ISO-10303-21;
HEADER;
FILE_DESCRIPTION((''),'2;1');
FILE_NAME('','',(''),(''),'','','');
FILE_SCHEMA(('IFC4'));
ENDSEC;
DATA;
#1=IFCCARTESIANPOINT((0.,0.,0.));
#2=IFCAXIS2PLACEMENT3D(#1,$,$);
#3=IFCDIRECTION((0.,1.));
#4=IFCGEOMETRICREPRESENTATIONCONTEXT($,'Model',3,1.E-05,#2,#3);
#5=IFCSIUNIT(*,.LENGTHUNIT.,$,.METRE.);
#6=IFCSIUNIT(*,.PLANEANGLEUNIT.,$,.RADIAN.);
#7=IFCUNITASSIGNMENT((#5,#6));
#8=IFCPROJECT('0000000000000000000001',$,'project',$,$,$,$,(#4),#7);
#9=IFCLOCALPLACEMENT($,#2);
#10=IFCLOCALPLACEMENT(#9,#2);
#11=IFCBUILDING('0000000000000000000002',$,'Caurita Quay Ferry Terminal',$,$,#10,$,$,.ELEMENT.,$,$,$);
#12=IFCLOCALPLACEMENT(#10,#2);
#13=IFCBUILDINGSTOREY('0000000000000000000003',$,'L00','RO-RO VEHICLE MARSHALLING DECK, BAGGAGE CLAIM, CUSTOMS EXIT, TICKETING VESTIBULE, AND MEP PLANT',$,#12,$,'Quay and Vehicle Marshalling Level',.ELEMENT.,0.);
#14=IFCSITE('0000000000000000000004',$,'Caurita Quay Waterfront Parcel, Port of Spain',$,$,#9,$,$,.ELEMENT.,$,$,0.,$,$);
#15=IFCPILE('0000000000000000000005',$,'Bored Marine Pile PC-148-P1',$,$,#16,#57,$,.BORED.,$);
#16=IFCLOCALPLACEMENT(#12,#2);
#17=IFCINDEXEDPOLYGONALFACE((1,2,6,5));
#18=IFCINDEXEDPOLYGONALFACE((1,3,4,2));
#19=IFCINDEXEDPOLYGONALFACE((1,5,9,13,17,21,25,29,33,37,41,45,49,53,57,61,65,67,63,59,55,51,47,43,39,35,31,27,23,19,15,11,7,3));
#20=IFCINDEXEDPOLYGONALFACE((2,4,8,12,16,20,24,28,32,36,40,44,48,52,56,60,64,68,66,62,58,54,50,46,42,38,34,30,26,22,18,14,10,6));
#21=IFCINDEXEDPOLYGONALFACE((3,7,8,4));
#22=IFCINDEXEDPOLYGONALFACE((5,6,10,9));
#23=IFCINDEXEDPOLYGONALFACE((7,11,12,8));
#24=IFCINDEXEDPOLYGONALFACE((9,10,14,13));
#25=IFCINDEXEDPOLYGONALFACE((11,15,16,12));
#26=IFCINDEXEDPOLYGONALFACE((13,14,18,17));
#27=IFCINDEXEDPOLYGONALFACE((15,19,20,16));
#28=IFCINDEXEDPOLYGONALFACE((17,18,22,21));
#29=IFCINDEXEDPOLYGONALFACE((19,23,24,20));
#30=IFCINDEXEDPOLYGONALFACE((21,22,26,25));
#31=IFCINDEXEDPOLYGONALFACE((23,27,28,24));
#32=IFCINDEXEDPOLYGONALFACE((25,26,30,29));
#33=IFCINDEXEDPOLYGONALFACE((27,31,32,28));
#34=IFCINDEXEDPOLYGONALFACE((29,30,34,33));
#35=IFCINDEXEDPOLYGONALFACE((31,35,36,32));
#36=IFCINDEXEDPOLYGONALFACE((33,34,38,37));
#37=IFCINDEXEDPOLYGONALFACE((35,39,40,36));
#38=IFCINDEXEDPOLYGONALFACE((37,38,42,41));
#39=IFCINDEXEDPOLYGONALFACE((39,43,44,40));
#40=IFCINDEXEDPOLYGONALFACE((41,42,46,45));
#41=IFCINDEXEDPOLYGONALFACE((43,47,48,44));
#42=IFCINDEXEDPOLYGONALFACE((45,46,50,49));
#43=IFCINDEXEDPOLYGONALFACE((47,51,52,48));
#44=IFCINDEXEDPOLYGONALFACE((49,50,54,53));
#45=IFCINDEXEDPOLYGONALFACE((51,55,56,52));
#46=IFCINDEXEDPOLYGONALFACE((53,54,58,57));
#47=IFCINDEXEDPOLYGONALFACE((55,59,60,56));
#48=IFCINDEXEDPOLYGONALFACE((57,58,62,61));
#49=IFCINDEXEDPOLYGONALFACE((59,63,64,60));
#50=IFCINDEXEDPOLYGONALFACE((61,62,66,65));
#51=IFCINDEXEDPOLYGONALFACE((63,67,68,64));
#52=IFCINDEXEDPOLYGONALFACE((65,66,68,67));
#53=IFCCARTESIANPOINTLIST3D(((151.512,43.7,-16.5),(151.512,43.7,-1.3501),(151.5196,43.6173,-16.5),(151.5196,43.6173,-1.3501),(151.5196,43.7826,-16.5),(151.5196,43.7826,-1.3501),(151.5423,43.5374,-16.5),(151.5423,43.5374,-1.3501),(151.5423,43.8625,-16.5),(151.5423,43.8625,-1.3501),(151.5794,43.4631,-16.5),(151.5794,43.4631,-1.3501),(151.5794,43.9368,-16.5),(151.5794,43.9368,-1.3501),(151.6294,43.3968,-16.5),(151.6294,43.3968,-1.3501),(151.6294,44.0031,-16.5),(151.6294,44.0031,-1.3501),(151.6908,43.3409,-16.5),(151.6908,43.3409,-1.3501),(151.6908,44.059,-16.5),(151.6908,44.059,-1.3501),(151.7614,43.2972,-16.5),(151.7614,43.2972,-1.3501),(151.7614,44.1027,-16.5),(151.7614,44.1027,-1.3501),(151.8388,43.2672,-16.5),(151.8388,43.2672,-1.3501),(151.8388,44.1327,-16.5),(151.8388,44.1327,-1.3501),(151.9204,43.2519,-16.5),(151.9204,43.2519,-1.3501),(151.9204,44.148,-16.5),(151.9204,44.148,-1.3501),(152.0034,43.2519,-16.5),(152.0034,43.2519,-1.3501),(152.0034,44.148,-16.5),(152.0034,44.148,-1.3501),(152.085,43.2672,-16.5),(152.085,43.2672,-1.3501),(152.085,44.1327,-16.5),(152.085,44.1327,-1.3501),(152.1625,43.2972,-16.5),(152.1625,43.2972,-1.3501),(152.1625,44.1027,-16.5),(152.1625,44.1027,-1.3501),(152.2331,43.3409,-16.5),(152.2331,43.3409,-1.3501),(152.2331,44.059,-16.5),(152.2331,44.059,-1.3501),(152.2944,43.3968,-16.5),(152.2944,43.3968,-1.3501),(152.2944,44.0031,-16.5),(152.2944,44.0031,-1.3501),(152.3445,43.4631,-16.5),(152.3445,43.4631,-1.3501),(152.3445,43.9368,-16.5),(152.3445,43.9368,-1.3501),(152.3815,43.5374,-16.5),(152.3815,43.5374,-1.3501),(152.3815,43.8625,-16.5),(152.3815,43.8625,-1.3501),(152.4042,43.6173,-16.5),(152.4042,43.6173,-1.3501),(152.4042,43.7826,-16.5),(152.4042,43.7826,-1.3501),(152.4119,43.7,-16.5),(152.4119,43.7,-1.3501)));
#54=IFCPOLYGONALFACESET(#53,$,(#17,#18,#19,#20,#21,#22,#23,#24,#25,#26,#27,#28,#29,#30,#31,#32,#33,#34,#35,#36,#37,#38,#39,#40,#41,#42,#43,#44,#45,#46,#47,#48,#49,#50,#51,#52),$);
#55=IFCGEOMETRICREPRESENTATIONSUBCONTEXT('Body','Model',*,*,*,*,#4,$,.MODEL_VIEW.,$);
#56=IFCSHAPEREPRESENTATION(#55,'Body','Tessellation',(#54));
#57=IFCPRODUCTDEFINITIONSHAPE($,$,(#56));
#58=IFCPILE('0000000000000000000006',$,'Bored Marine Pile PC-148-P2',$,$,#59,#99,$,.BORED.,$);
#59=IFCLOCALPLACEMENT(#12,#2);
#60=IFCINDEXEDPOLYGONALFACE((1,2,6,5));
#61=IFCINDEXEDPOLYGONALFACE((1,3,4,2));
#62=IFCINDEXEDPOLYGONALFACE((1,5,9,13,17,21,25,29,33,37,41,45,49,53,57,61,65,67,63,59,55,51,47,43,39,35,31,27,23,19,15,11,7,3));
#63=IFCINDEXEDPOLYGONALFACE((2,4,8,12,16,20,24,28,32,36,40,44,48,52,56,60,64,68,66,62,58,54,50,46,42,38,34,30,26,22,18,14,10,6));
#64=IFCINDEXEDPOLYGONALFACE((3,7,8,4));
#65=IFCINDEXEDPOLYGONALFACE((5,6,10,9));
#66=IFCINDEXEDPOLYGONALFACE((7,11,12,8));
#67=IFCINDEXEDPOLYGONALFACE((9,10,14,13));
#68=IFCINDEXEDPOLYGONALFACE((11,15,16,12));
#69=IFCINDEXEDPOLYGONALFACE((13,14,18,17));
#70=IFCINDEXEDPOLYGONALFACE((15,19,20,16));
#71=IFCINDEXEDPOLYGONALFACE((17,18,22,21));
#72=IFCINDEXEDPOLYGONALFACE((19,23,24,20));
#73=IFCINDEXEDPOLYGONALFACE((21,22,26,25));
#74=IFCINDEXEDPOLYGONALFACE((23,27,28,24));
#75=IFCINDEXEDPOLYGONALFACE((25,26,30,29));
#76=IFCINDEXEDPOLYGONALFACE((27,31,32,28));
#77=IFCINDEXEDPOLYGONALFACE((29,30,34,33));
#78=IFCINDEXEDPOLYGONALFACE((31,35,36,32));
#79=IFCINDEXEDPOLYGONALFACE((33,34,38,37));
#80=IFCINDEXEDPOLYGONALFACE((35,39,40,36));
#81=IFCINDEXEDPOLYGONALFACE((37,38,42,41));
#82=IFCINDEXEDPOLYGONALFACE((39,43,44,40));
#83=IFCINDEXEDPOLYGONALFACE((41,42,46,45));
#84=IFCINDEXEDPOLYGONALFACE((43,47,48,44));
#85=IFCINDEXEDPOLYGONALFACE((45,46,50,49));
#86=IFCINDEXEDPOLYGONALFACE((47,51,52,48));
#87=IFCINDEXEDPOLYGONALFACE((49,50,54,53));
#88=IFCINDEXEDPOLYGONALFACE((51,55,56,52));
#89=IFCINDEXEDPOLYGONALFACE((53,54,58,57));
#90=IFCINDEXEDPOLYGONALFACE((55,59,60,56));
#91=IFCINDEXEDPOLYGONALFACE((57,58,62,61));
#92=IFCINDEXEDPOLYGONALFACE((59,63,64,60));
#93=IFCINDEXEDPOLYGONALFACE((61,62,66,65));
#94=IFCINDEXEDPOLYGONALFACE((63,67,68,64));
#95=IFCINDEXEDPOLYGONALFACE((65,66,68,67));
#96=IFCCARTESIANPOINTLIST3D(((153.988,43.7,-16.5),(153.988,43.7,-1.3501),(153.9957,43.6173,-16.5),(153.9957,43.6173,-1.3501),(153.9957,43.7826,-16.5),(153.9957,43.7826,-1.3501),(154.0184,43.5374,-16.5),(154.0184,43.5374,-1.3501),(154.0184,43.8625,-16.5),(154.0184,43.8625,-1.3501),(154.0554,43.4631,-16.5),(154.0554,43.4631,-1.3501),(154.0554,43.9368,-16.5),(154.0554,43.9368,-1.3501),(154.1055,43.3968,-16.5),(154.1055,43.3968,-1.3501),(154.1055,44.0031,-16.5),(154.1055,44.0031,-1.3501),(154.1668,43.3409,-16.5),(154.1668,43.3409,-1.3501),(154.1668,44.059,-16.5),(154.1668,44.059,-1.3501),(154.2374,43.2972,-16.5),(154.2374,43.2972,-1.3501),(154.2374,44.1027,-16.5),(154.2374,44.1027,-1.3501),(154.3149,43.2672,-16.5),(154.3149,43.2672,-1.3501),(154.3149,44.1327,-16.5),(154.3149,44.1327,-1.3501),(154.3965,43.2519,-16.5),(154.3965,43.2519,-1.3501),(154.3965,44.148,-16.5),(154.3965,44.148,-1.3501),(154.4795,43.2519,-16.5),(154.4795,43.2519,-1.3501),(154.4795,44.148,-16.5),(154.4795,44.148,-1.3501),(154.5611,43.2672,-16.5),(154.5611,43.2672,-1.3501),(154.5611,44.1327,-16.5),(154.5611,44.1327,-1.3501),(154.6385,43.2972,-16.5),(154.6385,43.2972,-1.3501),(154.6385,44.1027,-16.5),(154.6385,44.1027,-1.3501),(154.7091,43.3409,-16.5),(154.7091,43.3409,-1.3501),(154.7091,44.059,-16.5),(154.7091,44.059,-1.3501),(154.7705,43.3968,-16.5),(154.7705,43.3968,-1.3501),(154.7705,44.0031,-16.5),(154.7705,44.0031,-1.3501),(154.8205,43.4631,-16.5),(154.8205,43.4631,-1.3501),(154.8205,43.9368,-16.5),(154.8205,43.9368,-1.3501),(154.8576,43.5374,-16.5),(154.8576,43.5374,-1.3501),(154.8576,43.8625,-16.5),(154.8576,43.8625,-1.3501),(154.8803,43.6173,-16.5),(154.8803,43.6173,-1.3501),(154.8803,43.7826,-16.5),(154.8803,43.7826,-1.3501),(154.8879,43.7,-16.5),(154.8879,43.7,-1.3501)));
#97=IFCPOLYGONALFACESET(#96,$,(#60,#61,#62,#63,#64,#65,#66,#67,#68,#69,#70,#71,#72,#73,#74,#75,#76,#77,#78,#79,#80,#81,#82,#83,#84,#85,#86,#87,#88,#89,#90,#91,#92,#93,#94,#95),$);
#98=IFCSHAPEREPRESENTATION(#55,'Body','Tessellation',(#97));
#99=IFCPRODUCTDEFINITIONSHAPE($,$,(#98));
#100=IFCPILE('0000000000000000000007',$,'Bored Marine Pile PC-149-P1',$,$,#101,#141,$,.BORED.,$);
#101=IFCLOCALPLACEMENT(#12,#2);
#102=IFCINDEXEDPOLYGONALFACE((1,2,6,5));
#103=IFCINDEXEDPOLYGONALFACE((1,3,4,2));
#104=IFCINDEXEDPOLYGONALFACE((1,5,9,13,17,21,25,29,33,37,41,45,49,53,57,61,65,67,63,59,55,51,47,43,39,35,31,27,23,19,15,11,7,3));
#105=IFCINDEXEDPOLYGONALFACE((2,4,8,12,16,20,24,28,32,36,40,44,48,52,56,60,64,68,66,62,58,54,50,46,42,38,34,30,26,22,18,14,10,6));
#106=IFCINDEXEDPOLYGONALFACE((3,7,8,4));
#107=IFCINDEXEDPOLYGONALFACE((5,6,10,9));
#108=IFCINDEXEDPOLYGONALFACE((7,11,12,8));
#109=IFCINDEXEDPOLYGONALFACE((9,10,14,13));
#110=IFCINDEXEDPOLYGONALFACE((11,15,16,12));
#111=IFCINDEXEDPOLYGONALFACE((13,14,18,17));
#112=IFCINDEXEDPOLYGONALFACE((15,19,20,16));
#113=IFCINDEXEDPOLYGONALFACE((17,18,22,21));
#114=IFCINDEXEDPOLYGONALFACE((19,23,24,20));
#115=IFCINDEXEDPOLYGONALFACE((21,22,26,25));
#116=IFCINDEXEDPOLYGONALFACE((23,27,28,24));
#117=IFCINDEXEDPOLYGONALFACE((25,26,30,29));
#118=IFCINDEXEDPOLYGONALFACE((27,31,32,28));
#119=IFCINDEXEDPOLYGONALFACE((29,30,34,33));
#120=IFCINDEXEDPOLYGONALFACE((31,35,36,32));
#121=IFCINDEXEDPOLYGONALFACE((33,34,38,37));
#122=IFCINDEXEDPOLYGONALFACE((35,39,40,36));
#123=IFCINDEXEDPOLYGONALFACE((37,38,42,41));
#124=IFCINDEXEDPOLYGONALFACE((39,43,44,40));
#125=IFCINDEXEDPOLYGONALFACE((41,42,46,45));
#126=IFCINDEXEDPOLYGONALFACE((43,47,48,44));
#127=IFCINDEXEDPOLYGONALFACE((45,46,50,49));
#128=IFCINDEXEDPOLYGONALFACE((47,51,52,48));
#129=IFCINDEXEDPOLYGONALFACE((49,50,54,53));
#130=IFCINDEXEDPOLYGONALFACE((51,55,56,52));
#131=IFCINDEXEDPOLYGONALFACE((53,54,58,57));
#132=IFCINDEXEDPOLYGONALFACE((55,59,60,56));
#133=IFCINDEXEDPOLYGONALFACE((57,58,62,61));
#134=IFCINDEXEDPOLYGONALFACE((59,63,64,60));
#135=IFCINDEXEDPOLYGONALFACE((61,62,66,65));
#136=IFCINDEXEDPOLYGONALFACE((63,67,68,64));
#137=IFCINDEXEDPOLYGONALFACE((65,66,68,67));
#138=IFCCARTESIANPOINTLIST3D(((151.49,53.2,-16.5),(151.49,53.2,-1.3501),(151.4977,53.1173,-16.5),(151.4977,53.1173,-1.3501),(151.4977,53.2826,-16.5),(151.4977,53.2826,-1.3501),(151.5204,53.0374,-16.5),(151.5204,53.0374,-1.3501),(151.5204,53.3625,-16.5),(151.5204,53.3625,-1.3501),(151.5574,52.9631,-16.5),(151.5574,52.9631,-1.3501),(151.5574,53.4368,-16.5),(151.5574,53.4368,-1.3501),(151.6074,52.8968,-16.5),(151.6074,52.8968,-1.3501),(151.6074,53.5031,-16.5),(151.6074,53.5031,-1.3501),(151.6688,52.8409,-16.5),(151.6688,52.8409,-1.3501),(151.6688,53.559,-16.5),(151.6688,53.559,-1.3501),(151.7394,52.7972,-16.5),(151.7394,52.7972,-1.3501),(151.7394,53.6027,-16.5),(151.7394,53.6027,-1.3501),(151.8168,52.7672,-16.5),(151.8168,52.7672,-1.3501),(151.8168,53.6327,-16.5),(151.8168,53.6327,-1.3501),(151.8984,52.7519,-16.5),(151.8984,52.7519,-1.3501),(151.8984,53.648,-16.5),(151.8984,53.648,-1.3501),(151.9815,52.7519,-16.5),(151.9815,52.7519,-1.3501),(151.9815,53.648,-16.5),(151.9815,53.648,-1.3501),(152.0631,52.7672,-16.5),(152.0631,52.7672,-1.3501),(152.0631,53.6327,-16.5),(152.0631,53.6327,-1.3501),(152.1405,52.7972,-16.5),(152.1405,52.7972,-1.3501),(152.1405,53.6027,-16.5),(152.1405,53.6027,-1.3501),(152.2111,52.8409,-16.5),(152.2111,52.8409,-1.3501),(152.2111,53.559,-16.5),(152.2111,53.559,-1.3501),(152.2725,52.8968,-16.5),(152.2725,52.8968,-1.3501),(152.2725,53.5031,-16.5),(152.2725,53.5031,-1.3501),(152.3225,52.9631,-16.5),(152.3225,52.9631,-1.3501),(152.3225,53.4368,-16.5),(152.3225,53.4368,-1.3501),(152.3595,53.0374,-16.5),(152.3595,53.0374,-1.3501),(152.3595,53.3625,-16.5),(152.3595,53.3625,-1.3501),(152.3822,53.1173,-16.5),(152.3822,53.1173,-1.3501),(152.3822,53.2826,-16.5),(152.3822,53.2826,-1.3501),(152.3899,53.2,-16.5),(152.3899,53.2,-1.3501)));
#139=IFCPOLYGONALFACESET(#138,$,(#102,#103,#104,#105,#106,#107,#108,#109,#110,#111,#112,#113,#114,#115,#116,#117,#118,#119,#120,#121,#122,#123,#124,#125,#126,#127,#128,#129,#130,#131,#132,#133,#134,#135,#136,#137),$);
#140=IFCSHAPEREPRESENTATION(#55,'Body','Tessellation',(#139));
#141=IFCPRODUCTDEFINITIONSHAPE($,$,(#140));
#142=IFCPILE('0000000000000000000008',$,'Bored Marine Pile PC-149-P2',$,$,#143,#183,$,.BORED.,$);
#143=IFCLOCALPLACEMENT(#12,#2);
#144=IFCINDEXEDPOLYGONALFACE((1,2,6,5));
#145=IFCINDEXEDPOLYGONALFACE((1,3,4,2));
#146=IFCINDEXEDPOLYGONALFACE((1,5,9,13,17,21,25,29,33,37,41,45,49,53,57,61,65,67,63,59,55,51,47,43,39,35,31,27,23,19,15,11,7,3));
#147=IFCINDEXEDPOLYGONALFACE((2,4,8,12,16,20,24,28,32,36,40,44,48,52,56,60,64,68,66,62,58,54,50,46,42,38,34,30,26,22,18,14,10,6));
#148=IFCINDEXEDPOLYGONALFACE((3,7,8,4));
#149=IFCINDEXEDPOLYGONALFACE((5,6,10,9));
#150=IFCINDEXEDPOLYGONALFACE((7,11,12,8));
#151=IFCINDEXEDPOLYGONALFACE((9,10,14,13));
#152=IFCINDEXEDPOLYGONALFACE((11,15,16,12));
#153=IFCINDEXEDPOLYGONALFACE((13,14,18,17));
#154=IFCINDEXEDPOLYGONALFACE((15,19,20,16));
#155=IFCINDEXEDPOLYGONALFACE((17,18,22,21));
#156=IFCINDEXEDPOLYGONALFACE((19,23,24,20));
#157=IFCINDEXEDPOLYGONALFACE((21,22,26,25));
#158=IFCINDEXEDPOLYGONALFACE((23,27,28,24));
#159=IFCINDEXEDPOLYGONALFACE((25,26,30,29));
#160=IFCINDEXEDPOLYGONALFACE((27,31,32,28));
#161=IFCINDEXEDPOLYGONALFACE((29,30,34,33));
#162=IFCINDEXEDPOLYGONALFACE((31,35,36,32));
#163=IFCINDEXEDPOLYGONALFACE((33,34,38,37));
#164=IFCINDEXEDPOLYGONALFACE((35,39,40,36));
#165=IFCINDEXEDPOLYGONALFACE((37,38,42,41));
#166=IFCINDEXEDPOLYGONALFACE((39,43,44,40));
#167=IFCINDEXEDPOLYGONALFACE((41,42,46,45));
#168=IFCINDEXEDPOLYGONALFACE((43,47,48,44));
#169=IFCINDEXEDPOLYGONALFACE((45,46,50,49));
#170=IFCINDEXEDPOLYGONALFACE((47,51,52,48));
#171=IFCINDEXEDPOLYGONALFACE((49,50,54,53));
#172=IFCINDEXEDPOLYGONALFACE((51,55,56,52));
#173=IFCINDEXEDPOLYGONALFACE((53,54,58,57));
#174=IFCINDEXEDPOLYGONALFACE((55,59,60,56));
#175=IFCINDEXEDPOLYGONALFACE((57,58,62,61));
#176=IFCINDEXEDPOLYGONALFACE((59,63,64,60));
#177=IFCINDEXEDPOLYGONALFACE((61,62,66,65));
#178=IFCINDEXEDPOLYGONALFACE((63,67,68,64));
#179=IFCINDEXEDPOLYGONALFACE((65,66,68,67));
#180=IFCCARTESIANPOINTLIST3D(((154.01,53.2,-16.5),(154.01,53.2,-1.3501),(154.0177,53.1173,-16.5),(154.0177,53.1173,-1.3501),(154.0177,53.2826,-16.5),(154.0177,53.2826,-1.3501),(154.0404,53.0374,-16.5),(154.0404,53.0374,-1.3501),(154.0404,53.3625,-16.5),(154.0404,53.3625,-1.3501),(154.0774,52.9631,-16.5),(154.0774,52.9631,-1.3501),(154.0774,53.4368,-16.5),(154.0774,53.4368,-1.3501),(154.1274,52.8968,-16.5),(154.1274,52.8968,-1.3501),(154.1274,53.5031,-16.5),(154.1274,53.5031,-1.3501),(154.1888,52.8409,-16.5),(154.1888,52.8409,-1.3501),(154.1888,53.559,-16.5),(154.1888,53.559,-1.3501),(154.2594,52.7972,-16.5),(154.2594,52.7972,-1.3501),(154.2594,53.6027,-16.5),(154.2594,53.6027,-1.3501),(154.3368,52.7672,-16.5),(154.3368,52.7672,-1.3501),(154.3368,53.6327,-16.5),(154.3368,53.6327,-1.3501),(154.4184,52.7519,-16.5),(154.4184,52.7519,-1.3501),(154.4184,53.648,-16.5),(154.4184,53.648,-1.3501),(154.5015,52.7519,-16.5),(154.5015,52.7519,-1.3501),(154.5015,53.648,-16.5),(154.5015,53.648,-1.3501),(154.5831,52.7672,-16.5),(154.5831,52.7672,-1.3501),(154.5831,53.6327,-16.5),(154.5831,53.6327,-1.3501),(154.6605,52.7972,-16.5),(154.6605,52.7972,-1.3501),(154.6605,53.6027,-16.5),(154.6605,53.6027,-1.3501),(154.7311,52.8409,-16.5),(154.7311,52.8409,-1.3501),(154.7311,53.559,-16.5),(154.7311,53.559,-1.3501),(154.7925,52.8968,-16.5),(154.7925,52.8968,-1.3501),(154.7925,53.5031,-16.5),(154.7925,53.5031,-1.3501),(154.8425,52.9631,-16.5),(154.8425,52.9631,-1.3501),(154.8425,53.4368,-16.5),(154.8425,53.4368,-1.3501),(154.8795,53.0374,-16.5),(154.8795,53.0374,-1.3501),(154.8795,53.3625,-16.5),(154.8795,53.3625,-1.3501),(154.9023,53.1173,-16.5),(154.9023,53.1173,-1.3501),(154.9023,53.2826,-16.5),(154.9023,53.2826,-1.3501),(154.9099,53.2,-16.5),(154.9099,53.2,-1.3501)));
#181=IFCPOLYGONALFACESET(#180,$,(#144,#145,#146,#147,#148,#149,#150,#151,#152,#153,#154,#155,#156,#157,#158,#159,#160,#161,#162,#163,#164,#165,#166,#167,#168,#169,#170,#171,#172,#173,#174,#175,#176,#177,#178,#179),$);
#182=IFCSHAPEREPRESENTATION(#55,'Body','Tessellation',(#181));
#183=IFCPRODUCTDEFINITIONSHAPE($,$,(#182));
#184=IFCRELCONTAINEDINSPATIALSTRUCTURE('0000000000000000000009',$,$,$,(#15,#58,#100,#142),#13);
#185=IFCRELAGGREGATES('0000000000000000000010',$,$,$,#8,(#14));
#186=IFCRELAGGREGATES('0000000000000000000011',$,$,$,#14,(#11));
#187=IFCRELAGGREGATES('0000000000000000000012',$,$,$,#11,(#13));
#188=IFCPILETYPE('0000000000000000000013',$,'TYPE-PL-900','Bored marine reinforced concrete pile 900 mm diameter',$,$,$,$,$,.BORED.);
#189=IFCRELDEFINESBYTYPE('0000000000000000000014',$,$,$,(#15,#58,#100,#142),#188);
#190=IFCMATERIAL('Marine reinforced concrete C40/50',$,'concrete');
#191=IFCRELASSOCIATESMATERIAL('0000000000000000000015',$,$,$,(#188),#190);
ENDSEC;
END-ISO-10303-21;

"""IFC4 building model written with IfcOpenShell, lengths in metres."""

from ifc_helpers import new_model, si_unit, direction, frame, origin, origin_2d, place, context, subcontext, project, spatial, circle, extrude, material, material_profile, profile_set, type_object, element, save


model = new_model("IFC4")

# Units and contexts
model_context = context("Model", 3, precision=1e-05, world=origin(), true_north=direction((0.0, 1.0)))
body_context = subcontext(model_context, "Body", "Model", "MODEL_VIEW")
ifc_project = project(units=[si_unit("LENGTHUNIT", "METRE"), si_unit("PLANEANGLEUNIT", "RADIAN")], contexts=[model_context])

# Site, building, storey
site_placement = place(None, origin())
site = spatial("IfcSite", under=ifc_project, at=site_placement, Name="Caurita Quay Waterfront Parcel, Port of Spain", CompositionType="ELEMENT", RefElevation=0.0)
building_placement = place(site_placement, origin())
building = spatial("IfcBuilding", under=site, at=building_placement, Name="Caurita Quay Ferry Terminal", CompositionType="ELEMENT")
storey_placement = place(building_placement, origin())
storey = spatial("IfcBuildingStorey", under=building, at=storey_placement, Name="L00", Description="RO-RO VEHICLE MARSHALLING DECK, BAGGAGE CLAIM, CUSTOMS EXIT, TICKETING VESTIBULE, AND MEP PLANT", LongName="Quay and Vehicle Marshalling Level", CompositionType="ELEMENT", Elevation=0.0)

# Piles
ifc_material_1 = material(Name="Marine reinforced concrete C40/50", Category="concrete")
ifc_material_profile_1 = material_profile(ifc_material_1, circle(Radius=0.45, at=origin_2d()), Name="PILE-D900")
ifc_profile_set_1 = profile_set([ifc_material_profile_1], Name="Marine reinforced concrete C40/50")
pile_type_1 = type_object("IfcPileType", Name="TYPE-PL-900", Description="Bored marine reinforced concrete pile 900 mm diameter", PredefinedType="BORED", material=ifc_profile_set_1)
for number, where, z_axis, x_axis, name in (
    (1, (151.9619, 43.7, -1.3501), (0.0, 0.0, -1.0), (1.0, 0.0, 0.0), "Bored Marine Pile PC-148-P1"),
    (2, (154.438, 43.7, -1.3501), (0.0, 0.0, -1.0), (1.0, 0.0, 0.0), "Bored Marine Pile PC-148-P2"),
    (3, (151.9399, 53.2, -1.3501), (0.0, 0.0, -1.0), (1.0, 0.0, 0.0), "Bored Marine Pile PC-149-P1"),
    (4, (154.46, 53.2, -1.3501), (0.0, 0.0, -1.0), (1.0, 0.0, 0.0), "Bored Marine Pile PC-149-P2"),
):
    element("IfcPile", number, at=place(storey_placement, frame(where, z_axis=z_axis, x_axis=x_axis)), inside=storey, type_object=pile_type_1, Name=name, PredefinedType="BORED", context=body_context, shape_type="SweptSolid", body=[
        extrude(circle(Radius=0.45, at=origin_2d()), origin(), (0.0, 0.0, 1.0), 15.1499),
    ])

save(model, "model.ifc")
